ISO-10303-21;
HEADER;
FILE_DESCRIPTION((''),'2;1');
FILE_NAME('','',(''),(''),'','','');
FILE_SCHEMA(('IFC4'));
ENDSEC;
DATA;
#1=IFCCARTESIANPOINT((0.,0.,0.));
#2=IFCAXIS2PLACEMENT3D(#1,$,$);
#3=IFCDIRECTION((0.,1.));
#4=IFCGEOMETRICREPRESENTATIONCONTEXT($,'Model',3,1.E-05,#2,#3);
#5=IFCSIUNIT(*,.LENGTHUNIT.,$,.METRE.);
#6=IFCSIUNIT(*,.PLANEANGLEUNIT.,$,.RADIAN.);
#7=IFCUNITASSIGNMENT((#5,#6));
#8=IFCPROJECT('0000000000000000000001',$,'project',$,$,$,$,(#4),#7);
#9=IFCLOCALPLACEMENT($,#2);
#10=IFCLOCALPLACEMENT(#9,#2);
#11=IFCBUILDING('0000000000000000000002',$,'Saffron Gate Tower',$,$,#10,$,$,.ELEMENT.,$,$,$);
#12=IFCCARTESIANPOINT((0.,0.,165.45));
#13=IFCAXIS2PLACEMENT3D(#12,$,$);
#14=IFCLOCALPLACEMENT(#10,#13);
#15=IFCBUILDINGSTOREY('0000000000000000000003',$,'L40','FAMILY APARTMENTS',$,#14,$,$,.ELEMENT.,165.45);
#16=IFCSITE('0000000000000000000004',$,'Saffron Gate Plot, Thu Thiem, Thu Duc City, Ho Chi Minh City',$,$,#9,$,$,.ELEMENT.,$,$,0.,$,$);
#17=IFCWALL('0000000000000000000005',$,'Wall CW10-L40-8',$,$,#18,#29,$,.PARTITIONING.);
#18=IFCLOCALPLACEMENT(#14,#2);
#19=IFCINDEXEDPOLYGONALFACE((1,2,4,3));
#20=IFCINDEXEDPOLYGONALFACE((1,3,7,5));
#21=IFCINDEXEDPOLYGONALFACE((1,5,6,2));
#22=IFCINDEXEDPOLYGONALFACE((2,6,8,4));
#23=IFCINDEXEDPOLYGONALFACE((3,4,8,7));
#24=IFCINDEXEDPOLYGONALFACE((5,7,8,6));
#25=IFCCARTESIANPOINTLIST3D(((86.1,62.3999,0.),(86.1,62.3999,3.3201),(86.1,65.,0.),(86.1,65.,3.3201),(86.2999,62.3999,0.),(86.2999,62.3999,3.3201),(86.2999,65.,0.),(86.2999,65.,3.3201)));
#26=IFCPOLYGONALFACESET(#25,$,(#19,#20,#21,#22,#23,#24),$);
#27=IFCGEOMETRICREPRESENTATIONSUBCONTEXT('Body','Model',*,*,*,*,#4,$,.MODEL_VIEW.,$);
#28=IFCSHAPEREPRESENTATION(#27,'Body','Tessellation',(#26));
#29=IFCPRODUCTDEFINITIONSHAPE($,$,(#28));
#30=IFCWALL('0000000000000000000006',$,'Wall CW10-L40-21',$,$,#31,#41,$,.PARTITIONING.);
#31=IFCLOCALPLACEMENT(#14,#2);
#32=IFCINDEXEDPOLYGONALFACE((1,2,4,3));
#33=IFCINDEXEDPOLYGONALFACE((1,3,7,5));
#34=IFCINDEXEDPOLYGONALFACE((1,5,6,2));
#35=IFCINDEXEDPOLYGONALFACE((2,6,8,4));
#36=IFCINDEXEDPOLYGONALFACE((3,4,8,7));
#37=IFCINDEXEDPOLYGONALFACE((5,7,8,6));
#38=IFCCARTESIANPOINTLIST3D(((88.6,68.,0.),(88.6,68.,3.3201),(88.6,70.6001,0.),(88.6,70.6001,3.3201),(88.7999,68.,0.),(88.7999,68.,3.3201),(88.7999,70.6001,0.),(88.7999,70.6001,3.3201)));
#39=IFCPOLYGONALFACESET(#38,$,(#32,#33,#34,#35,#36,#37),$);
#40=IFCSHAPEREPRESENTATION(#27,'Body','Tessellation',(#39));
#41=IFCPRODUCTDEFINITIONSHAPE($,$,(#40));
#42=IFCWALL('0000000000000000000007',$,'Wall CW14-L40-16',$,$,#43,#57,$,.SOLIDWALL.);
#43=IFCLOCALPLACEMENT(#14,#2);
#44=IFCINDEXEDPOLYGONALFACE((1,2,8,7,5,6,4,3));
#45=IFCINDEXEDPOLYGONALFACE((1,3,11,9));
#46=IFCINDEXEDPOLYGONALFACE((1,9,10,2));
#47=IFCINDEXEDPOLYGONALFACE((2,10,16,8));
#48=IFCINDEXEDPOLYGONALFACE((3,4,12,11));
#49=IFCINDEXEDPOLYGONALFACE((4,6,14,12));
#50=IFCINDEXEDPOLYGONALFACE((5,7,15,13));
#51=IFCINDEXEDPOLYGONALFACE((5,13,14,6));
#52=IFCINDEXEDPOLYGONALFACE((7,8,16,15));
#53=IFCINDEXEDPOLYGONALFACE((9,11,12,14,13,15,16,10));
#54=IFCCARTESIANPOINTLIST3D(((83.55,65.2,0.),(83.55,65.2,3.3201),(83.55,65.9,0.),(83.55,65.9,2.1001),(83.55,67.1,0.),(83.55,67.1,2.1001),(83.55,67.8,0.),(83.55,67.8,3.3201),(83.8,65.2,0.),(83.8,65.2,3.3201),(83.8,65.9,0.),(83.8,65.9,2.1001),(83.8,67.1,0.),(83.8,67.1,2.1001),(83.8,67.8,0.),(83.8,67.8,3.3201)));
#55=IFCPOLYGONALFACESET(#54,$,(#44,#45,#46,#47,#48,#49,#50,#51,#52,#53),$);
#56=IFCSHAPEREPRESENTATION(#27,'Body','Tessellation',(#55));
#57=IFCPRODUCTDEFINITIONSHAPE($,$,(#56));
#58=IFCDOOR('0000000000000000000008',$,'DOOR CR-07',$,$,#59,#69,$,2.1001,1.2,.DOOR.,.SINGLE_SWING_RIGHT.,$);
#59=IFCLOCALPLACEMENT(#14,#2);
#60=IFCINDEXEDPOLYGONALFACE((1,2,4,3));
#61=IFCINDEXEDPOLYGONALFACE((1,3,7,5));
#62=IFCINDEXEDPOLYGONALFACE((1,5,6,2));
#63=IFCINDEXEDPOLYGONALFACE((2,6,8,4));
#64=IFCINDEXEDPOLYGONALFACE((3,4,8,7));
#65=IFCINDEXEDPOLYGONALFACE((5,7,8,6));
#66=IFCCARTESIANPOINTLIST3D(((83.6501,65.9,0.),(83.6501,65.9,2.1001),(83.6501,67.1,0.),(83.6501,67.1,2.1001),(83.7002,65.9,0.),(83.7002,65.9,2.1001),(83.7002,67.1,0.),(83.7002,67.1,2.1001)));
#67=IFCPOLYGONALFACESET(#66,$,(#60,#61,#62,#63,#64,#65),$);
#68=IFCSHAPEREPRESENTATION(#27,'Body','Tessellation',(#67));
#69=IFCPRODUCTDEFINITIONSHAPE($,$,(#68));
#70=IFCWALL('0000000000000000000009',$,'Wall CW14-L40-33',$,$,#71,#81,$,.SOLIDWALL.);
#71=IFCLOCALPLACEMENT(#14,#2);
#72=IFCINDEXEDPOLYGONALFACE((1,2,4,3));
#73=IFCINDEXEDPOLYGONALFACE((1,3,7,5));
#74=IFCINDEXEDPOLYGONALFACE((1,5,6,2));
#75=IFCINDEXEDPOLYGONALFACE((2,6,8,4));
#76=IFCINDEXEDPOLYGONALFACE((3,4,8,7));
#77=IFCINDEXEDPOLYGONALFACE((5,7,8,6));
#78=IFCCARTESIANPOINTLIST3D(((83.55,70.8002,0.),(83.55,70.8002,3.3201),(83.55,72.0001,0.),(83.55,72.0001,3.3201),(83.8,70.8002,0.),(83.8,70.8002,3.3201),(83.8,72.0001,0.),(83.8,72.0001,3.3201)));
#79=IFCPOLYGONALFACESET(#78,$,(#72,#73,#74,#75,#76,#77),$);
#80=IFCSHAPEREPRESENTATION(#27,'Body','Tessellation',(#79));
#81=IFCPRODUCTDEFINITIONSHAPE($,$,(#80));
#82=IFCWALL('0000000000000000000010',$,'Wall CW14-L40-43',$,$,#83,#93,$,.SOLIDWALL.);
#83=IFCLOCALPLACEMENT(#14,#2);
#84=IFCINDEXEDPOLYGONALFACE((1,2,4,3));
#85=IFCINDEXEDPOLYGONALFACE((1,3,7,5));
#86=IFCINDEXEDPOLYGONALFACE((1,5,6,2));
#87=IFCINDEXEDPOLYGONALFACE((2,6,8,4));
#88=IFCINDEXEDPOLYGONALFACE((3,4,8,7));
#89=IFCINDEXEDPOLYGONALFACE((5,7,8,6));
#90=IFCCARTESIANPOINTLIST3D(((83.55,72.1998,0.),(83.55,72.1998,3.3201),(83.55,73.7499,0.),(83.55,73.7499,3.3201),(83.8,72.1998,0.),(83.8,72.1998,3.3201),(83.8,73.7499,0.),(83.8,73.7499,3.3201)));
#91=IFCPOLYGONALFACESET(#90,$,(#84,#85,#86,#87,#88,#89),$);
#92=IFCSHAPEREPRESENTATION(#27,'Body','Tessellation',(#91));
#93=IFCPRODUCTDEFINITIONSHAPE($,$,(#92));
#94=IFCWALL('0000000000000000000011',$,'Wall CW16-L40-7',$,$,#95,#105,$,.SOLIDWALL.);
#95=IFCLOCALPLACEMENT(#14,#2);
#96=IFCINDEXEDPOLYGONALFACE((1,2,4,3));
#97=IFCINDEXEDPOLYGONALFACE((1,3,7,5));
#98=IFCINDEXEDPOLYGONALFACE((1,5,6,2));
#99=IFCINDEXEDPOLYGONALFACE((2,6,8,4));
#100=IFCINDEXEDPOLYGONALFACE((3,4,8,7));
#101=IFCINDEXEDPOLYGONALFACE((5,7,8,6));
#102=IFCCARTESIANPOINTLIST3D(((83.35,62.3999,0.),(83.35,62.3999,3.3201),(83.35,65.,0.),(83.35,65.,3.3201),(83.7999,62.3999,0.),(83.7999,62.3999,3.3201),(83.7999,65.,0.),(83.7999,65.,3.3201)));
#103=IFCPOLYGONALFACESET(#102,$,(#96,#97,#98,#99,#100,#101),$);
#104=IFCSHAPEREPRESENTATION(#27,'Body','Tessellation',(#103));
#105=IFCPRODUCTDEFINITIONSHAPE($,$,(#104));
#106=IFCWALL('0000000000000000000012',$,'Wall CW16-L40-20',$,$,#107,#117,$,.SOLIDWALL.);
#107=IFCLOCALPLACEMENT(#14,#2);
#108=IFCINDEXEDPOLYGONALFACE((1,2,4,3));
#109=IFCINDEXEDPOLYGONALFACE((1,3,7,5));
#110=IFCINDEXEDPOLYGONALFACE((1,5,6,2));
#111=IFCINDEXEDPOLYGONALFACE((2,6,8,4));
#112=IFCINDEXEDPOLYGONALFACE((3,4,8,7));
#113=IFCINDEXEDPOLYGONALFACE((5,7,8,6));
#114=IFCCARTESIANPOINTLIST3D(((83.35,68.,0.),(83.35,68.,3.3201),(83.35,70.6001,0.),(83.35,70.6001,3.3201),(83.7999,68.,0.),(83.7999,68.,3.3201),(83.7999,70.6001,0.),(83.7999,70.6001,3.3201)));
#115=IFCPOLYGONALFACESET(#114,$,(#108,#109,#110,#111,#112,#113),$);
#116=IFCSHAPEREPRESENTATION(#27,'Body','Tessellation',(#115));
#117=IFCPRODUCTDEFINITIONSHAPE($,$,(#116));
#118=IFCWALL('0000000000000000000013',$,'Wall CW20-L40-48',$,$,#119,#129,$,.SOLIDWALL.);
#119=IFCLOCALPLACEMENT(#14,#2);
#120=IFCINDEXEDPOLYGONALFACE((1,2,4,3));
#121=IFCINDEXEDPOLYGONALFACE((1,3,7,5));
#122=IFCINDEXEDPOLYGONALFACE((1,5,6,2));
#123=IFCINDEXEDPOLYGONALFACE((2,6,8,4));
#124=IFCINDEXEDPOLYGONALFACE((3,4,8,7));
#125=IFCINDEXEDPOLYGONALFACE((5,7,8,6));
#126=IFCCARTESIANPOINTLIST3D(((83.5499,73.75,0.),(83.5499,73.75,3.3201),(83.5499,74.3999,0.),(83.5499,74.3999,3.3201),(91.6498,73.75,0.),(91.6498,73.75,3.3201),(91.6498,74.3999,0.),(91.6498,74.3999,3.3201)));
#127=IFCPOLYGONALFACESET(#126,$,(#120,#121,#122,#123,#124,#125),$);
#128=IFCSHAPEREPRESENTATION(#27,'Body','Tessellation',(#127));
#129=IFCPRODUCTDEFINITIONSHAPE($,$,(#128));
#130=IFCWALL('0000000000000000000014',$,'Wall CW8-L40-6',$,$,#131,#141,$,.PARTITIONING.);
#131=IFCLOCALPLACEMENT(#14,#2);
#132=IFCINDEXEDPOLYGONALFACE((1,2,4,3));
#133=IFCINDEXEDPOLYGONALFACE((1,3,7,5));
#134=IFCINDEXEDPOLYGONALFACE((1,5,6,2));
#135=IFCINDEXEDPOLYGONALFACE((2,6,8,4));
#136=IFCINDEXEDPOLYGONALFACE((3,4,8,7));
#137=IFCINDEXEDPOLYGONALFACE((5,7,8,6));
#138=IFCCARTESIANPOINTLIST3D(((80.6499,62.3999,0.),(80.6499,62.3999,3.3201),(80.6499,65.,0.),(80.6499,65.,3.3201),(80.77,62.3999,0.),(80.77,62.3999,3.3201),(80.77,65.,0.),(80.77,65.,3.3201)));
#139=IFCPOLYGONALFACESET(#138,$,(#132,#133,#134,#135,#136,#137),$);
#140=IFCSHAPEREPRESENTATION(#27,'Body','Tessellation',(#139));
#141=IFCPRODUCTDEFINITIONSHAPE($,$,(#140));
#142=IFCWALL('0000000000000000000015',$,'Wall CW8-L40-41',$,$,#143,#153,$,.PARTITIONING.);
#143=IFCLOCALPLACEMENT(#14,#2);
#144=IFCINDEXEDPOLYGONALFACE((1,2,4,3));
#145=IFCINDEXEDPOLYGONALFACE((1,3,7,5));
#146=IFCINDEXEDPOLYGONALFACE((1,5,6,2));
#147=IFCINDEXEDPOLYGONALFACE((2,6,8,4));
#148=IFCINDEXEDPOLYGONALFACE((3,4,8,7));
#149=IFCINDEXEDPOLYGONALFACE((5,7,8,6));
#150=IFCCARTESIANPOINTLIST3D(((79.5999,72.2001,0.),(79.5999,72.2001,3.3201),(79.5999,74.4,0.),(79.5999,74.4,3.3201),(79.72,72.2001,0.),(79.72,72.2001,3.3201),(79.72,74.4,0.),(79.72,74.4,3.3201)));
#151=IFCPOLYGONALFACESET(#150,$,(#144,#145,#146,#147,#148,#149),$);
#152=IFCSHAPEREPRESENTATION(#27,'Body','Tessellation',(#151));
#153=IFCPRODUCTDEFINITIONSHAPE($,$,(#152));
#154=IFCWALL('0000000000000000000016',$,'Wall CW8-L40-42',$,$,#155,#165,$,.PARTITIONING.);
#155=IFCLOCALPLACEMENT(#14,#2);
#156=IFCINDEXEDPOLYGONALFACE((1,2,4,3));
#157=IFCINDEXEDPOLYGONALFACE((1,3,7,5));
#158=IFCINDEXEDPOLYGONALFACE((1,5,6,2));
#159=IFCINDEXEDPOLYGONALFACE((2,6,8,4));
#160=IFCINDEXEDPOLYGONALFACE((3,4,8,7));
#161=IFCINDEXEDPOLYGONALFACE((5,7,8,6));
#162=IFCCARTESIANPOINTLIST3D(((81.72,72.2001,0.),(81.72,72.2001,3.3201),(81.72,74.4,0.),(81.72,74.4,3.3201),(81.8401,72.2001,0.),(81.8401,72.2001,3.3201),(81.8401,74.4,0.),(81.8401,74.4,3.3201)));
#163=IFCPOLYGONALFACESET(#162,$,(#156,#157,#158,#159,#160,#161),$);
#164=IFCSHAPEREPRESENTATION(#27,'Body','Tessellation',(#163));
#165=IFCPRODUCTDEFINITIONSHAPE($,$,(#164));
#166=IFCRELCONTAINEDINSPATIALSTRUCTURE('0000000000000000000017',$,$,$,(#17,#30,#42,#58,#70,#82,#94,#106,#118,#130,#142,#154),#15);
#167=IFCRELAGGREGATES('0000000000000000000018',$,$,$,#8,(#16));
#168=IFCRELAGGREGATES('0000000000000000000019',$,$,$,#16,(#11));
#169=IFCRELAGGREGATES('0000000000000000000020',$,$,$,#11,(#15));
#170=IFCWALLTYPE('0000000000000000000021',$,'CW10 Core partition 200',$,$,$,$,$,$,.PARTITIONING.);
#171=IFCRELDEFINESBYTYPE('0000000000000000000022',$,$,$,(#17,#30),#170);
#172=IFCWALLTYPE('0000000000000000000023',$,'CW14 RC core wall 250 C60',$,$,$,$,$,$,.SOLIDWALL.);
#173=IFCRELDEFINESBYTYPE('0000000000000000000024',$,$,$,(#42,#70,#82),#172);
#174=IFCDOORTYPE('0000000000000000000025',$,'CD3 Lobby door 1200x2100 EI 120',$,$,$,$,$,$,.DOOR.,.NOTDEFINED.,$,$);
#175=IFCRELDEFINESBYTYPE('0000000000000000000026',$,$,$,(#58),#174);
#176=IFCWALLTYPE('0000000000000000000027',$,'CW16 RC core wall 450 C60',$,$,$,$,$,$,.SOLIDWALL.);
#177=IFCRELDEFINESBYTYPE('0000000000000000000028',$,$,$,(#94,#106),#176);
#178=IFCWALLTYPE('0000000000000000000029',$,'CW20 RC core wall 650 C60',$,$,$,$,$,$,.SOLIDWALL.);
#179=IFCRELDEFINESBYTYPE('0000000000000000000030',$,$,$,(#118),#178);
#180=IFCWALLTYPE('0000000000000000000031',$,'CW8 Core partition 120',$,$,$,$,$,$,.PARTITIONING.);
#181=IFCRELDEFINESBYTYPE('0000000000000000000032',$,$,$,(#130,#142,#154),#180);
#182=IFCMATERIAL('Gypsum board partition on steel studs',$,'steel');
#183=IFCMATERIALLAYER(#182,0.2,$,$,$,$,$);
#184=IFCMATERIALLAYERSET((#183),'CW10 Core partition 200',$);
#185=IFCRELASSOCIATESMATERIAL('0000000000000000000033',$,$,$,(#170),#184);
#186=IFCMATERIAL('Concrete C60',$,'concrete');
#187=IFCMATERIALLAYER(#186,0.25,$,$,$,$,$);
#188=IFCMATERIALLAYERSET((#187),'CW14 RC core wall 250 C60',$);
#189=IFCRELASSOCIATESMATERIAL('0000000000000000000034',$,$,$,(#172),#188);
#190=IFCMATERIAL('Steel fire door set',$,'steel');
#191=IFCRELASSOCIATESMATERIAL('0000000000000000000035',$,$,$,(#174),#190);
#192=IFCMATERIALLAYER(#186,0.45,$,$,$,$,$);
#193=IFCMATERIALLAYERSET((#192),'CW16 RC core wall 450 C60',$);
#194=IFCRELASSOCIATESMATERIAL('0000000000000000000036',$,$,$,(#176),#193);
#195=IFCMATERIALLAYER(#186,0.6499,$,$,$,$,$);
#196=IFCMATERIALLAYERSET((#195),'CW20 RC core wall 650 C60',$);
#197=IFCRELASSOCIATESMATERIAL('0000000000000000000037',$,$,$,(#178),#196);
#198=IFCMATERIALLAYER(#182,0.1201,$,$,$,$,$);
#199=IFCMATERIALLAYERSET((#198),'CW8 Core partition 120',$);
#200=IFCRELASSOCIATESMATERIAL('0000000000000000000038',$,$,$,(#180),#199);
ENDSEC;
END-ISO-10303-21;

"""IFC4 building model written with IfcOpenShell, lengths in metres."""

from ifc_helpers import new_model, si_unit, direction, frame, frame_2d, origin, place, context, subcontext, project, spatial, rectangle, extrude, material, layer, layer_set, type_object, element, fill, save


model = new_model("IFC4")

# Units and contexts
model_context = context("Model", 3, precision=1e-05, world=origin(), true_north=direction((0.0, 1.0)))
body_context = subcontext(model_context, "Body", "Model", "MODEL_VIEW")
ifc_project = project(units=[si_unit("LENGTHUNIT", "METRE"), si_unit("PLANEANGLEUNIT", "RADIAN")], contexts=[model_context])

# Site, building, storey
site_placement = place(None, origin())
site = spatial("IfcSite", under=ifc_project, at=site_placement, Name="Saffron Gate Plot, Thu Thiem, Thu Duc City, Ho Chi Minh City", CompositionType="ELEMENT", RefElevation=0.0)
building_placement = place(site_placement, origin())
building = spatial("IfcBuilding", under=site, at=building_placement, Name="Saffron Gate Tower", CompositionType="ELEMENT")
storey_placement = place(building_placement, frame((0.0, 0.0, 165.45)))
storey = spatial("IfcBuildingStorey", under=building, at=storey_placement, Name="L40", Description="FAMILY APARTMENTS", CompositionType="ELEMENT", Elevation=165.45)

# Walls
ifc_material_1 = material(Name="Gypsum board partition on steel studs", Category="steel")
ifc_layer_1 = layer(ifc_material_1, 0.2)
ifc_layer_set_1 = layer_set([ifc_layer_1], Name="CW10 Core partition 200")
wall_type_1 = type_object("IfcWallType", Name="CW10 Core partition 200", PredefinedType="PARTITIONING", material=ifc_layer_set_1)
for number, where, z_axis, x_axis, name in (
    (1, (86.2, 62.3999, 0.0), (0.0, 0.0, 1.0), (0.0, 1.0, 0.0), "Wall CW10-L40-8"),
    (2, (88.7, 68.0, 0.0), (0.0, 0.0, 1.0), (0.0, 1.0, 0.0), "Wall CW10-L40-21"),
):
    element("IfcWall", number, at=place(storey_placement, frame(where, z_axis=z_axis, x_axis=x_axis)), inside=storey, type_object=wall_type_1, Name=name, PredefinedType="PARTITIONING", context=body_context, shape_type="SweptSolid", body=[
        extrude(rectangle(XDim=2.6001, YDim=0.2, at=frame_2d((1.3, 0.0))), origin(), (0.0, 0.0, 1.0), 3.3201),
    ])

# Wall, opening, door
ifc_material_2 = material(Name="Concrete C60", Category="concrete")
ifc_layer_2 = layer(ifc_material_2, 0.25)
ifc_layer_set_2 = layer_set([ifc_layer_2], Name="CW14 RC core wall 250 C60")
wall_type_2 = type_object("IfcWallType", Name="CW14 RC core wall 250 C60", PredefinedType="SOLIDWALL", material=ifc_layer_set_2)
wall_1_placement = place(storey_placement, frame((83.675, 65.2, 0.0), z_axis=(0.0, 0.0, 1.0), x_axis=(0.0, 1.0, 0.0)))
wall_1 = element("IfcWall", 3, at=wall_1_placement, inside=storey, type_object=wall_type_2, Name="Wall CW14-L40-16", PredefinedType="SOLIDWALL", context=body_context, shape_type="SweptSolid", body=[
    extrude(rectangle(XDim=2.6001, YDim=0.25, at=frame_2d((1.3, 0.0))), origin(), (0.0, 0.0, 1.0), 3.3201),
])
opening_placement = place(wall_1_placement, frame((0.7, 0.0, 0.0)))
opening = element("IfcOpeningElement", 4, at=opening_placement, cuts=wall_1, PredefinedType="OPENING", context=body_context, shape_type="SweptSolid", body=[
    extrude(rectangle(XDim=1.2, YDim=2.1001, at=frame_2d((0.6001, 1.05))), frame((0.0, 0.135, 0.0), z_axis=(0.0, -1.0, 0.0), x_axis=(1.0, 0.0, 0.0)), (0.0, 0.0, 1.0), 0.27),
])
ifc_material_3 = material(Name="Steel fire door set", Category="steel")
door_type = type_object("IfcDoorType", Name="CD3 Lobby door 1200x2100 EI 120", OperationType="NOTDEFINED", PredefinedType="DOOR", material=ifc_material_3)
door_placement = place(opening_placement, origin())
door = element("IfcDoor", 5, at=door_placement, inside=storey, type_object=door_type, Name="DOOR CR-07", OperationType="SINGLE_SWING_RIGHT", OverallHeight=2.1001, OverallWidth=1.2, PredefinedType="DOOR", context=body_context, shape_type="SweptSolid", body=[
    extrude(rectangle(XDim=1.2, YDim=2.1001, at=frame_2d((0.6001, 1.05))), frame((0.0, 0.0249, 0.0), z_axis=(0.0, -1.0, 0.0), x_axis=(1.0, 0.0, 0.0)), (0.0, 0.0, 1.0), 0.05),
])
fill(opening, door)

# Walls
wall_2_placement = place(storey_placement, frame((83.675, 70.8, 0.0), z_axis=(0.0, 0.0, 1.0), x_axis=(0.0, 1.0, 0.0)))
element("IfcWall", 6, at=wall_2_placement, inside=storey, type_object=wall_type_2, Name="Wall CW14-L40-33", PredefinedType="SOLIDWALL", context=body_context, shape_type="SweptSolid", body=[
    extrude(rectangle(XDim=1.2, YDim=0.25, at=frame_2d((0.6001, 0.0))), origin(), (0.0, 0.0, 1.0), 3.3201),
])
wall_3_placement = place(storey_placement, frame((83.675, 72.2, 0.0), z_axis=(0.0, 0.0, 1.0), x_axis=(0.0, 1.0, 0.0)))
element("IfcWall", 7, at=wall_3_placement, inside=storey, type_object=wall_type_2, Name="Wall CW14-L40-43", PredefinedType="SOLIDWALL", context=body_context, shape_type="SweptSolid", body=[
    extrude(rectangle(XDim=1.55, YDim=0.25, at=frame_2d((0.7749, 0.0))), origin(), (0.0, 0.0, 1.0), 3.3201),
])
ifc_layer_3 = layer(ifc_material_2, 0.45)
ifc_layer_set_3 = layer_set([ifc_layer_3], Name="CW16 RC core wall 450 C60")
wall_type_3 = type_object("IfcWallType", Name="CW16 RC core wall 450 C60", PredefinedType="SOLIDWALL", material=ifc_layer_set_3)
for number, where, z_axis, x_axis, name in (
    (8, (83.575, 62.3999, 0.0), (0.0, 0.0, 1.0), (0.0, 1.0, 0.0), "Wall CW16-L40-7"),
    (9, (83.575, 68.0, 0.0), (0.0, 0.0, 1.0), (0.0, 1.0, 0.0), "Wall CW16-L40-20"),
):
    element("IfcWall", number, at=place(storey_placement, frame(where, z_axis=z_axis, x_axis=x_axis)), inside=storey, type_object=wall_type_3, Name=name, PredefinedType="SOLIDWALL", context=body_context, shape_type="SweptSolid", body=[
        extrude(rectangle(XDim=2.6001, YDim=0.45, at=frame_2d((1.3, 0.0))), origin(), (0.0, 0.0, 1.0), 3.3201),
    ])
ifc_layer_4 = layer(ifc_material_2, 0.6499)
ifc_layer_set_4 = layer_set([ifc_layer_4], Name="CW20 RC core wall 650 C60")
wall_type_4 = type_object("IfcWallType", Name="CW20 RC core wall 650 C60", PredefinedType="SOLIDWALL", material=ifc_layer_set_4)
wall_4_placement = place(storey_placement, frame((83.55, 74.075, 0.0), z_axis=(0.0, 0.0, 1.0), x_axis=(1.0, 0.0, 0.0)))
element("IfcWall", 10, at=wall_4_placement, inside=storey, type_object=wall_type_4, Name="Wall CW20-L40-48", PredefinedType="SOLIDWALL", context=body_context, shape_type="SweptSolid", body=[
    extrude(rectangle(XDim=8.0999, YDim=0.6499, at=frame_2d((4.0498, 0.0))), origin(), (0.0, 0.0, 1.0), 3.3201),
])
ifc_layer_5 = layer(ifc_material_1, 0.1201)
ifc_layer_set_5 = layer_set([ifc_layer_5], Name="CW8 Core partition 120")
wall_type_5 = type_object("IfcWallType", Name="CW8 Core partition 120", PredefinedType="PARTITIONING", material=ifc_layer_set_5)
wall_5_placement = place(storey_placement, frame((80.71, 62.3999, 0.0), z_axis=(0.0, 0.0, 1.0), x_axis=(0.0, 1.0, 0.0)))
element("IfcWall", 11, at=wall_5_placement, inside=storey, type_object=wall_type_5, Name="Wall CW8-L40-6", PredefinedType="PARTITIONING", context=body_context, shape_type="SweptSolid", body=[
    extrude(rectangle(XDim=2.6001, YDim=0.1201, at=frame_2d((1.3, 0.0))), origin(), (0.0, 0.0, 1.0), 3.3201),
])
for number, where, z_axis, x_axis, name in (
    (12, (79.6599, 72.2, 0.0), (0.0, 0.0, 1.0), (0.0, 1.0, 0.0), "Wall CW8-L40-41"),
    (13, (81.78, 72.2, 0.0), (0.0, 0.0, 1.0), (0.0, 1.0, 0.0), "Wall CW8-L40-42"),
):
    element("IfcWall", number, at=place(storey_placement, frame(where, z_axis=z_axis, x_axis=x_axis)), inside=storey, type_object=wall_type_5, Name=name, PredefinedType="PARTITIONING", context=body_context, shape_type="SweptSolid", body=[
        extrude(rectangle(XDim=2.2, YDim=0.1201, at=frame_2d((1.1001, 0.0))), origin(), (0.0, 0.0, 1.0), 3.3201),
    ])

save(model, "model.ifc")
